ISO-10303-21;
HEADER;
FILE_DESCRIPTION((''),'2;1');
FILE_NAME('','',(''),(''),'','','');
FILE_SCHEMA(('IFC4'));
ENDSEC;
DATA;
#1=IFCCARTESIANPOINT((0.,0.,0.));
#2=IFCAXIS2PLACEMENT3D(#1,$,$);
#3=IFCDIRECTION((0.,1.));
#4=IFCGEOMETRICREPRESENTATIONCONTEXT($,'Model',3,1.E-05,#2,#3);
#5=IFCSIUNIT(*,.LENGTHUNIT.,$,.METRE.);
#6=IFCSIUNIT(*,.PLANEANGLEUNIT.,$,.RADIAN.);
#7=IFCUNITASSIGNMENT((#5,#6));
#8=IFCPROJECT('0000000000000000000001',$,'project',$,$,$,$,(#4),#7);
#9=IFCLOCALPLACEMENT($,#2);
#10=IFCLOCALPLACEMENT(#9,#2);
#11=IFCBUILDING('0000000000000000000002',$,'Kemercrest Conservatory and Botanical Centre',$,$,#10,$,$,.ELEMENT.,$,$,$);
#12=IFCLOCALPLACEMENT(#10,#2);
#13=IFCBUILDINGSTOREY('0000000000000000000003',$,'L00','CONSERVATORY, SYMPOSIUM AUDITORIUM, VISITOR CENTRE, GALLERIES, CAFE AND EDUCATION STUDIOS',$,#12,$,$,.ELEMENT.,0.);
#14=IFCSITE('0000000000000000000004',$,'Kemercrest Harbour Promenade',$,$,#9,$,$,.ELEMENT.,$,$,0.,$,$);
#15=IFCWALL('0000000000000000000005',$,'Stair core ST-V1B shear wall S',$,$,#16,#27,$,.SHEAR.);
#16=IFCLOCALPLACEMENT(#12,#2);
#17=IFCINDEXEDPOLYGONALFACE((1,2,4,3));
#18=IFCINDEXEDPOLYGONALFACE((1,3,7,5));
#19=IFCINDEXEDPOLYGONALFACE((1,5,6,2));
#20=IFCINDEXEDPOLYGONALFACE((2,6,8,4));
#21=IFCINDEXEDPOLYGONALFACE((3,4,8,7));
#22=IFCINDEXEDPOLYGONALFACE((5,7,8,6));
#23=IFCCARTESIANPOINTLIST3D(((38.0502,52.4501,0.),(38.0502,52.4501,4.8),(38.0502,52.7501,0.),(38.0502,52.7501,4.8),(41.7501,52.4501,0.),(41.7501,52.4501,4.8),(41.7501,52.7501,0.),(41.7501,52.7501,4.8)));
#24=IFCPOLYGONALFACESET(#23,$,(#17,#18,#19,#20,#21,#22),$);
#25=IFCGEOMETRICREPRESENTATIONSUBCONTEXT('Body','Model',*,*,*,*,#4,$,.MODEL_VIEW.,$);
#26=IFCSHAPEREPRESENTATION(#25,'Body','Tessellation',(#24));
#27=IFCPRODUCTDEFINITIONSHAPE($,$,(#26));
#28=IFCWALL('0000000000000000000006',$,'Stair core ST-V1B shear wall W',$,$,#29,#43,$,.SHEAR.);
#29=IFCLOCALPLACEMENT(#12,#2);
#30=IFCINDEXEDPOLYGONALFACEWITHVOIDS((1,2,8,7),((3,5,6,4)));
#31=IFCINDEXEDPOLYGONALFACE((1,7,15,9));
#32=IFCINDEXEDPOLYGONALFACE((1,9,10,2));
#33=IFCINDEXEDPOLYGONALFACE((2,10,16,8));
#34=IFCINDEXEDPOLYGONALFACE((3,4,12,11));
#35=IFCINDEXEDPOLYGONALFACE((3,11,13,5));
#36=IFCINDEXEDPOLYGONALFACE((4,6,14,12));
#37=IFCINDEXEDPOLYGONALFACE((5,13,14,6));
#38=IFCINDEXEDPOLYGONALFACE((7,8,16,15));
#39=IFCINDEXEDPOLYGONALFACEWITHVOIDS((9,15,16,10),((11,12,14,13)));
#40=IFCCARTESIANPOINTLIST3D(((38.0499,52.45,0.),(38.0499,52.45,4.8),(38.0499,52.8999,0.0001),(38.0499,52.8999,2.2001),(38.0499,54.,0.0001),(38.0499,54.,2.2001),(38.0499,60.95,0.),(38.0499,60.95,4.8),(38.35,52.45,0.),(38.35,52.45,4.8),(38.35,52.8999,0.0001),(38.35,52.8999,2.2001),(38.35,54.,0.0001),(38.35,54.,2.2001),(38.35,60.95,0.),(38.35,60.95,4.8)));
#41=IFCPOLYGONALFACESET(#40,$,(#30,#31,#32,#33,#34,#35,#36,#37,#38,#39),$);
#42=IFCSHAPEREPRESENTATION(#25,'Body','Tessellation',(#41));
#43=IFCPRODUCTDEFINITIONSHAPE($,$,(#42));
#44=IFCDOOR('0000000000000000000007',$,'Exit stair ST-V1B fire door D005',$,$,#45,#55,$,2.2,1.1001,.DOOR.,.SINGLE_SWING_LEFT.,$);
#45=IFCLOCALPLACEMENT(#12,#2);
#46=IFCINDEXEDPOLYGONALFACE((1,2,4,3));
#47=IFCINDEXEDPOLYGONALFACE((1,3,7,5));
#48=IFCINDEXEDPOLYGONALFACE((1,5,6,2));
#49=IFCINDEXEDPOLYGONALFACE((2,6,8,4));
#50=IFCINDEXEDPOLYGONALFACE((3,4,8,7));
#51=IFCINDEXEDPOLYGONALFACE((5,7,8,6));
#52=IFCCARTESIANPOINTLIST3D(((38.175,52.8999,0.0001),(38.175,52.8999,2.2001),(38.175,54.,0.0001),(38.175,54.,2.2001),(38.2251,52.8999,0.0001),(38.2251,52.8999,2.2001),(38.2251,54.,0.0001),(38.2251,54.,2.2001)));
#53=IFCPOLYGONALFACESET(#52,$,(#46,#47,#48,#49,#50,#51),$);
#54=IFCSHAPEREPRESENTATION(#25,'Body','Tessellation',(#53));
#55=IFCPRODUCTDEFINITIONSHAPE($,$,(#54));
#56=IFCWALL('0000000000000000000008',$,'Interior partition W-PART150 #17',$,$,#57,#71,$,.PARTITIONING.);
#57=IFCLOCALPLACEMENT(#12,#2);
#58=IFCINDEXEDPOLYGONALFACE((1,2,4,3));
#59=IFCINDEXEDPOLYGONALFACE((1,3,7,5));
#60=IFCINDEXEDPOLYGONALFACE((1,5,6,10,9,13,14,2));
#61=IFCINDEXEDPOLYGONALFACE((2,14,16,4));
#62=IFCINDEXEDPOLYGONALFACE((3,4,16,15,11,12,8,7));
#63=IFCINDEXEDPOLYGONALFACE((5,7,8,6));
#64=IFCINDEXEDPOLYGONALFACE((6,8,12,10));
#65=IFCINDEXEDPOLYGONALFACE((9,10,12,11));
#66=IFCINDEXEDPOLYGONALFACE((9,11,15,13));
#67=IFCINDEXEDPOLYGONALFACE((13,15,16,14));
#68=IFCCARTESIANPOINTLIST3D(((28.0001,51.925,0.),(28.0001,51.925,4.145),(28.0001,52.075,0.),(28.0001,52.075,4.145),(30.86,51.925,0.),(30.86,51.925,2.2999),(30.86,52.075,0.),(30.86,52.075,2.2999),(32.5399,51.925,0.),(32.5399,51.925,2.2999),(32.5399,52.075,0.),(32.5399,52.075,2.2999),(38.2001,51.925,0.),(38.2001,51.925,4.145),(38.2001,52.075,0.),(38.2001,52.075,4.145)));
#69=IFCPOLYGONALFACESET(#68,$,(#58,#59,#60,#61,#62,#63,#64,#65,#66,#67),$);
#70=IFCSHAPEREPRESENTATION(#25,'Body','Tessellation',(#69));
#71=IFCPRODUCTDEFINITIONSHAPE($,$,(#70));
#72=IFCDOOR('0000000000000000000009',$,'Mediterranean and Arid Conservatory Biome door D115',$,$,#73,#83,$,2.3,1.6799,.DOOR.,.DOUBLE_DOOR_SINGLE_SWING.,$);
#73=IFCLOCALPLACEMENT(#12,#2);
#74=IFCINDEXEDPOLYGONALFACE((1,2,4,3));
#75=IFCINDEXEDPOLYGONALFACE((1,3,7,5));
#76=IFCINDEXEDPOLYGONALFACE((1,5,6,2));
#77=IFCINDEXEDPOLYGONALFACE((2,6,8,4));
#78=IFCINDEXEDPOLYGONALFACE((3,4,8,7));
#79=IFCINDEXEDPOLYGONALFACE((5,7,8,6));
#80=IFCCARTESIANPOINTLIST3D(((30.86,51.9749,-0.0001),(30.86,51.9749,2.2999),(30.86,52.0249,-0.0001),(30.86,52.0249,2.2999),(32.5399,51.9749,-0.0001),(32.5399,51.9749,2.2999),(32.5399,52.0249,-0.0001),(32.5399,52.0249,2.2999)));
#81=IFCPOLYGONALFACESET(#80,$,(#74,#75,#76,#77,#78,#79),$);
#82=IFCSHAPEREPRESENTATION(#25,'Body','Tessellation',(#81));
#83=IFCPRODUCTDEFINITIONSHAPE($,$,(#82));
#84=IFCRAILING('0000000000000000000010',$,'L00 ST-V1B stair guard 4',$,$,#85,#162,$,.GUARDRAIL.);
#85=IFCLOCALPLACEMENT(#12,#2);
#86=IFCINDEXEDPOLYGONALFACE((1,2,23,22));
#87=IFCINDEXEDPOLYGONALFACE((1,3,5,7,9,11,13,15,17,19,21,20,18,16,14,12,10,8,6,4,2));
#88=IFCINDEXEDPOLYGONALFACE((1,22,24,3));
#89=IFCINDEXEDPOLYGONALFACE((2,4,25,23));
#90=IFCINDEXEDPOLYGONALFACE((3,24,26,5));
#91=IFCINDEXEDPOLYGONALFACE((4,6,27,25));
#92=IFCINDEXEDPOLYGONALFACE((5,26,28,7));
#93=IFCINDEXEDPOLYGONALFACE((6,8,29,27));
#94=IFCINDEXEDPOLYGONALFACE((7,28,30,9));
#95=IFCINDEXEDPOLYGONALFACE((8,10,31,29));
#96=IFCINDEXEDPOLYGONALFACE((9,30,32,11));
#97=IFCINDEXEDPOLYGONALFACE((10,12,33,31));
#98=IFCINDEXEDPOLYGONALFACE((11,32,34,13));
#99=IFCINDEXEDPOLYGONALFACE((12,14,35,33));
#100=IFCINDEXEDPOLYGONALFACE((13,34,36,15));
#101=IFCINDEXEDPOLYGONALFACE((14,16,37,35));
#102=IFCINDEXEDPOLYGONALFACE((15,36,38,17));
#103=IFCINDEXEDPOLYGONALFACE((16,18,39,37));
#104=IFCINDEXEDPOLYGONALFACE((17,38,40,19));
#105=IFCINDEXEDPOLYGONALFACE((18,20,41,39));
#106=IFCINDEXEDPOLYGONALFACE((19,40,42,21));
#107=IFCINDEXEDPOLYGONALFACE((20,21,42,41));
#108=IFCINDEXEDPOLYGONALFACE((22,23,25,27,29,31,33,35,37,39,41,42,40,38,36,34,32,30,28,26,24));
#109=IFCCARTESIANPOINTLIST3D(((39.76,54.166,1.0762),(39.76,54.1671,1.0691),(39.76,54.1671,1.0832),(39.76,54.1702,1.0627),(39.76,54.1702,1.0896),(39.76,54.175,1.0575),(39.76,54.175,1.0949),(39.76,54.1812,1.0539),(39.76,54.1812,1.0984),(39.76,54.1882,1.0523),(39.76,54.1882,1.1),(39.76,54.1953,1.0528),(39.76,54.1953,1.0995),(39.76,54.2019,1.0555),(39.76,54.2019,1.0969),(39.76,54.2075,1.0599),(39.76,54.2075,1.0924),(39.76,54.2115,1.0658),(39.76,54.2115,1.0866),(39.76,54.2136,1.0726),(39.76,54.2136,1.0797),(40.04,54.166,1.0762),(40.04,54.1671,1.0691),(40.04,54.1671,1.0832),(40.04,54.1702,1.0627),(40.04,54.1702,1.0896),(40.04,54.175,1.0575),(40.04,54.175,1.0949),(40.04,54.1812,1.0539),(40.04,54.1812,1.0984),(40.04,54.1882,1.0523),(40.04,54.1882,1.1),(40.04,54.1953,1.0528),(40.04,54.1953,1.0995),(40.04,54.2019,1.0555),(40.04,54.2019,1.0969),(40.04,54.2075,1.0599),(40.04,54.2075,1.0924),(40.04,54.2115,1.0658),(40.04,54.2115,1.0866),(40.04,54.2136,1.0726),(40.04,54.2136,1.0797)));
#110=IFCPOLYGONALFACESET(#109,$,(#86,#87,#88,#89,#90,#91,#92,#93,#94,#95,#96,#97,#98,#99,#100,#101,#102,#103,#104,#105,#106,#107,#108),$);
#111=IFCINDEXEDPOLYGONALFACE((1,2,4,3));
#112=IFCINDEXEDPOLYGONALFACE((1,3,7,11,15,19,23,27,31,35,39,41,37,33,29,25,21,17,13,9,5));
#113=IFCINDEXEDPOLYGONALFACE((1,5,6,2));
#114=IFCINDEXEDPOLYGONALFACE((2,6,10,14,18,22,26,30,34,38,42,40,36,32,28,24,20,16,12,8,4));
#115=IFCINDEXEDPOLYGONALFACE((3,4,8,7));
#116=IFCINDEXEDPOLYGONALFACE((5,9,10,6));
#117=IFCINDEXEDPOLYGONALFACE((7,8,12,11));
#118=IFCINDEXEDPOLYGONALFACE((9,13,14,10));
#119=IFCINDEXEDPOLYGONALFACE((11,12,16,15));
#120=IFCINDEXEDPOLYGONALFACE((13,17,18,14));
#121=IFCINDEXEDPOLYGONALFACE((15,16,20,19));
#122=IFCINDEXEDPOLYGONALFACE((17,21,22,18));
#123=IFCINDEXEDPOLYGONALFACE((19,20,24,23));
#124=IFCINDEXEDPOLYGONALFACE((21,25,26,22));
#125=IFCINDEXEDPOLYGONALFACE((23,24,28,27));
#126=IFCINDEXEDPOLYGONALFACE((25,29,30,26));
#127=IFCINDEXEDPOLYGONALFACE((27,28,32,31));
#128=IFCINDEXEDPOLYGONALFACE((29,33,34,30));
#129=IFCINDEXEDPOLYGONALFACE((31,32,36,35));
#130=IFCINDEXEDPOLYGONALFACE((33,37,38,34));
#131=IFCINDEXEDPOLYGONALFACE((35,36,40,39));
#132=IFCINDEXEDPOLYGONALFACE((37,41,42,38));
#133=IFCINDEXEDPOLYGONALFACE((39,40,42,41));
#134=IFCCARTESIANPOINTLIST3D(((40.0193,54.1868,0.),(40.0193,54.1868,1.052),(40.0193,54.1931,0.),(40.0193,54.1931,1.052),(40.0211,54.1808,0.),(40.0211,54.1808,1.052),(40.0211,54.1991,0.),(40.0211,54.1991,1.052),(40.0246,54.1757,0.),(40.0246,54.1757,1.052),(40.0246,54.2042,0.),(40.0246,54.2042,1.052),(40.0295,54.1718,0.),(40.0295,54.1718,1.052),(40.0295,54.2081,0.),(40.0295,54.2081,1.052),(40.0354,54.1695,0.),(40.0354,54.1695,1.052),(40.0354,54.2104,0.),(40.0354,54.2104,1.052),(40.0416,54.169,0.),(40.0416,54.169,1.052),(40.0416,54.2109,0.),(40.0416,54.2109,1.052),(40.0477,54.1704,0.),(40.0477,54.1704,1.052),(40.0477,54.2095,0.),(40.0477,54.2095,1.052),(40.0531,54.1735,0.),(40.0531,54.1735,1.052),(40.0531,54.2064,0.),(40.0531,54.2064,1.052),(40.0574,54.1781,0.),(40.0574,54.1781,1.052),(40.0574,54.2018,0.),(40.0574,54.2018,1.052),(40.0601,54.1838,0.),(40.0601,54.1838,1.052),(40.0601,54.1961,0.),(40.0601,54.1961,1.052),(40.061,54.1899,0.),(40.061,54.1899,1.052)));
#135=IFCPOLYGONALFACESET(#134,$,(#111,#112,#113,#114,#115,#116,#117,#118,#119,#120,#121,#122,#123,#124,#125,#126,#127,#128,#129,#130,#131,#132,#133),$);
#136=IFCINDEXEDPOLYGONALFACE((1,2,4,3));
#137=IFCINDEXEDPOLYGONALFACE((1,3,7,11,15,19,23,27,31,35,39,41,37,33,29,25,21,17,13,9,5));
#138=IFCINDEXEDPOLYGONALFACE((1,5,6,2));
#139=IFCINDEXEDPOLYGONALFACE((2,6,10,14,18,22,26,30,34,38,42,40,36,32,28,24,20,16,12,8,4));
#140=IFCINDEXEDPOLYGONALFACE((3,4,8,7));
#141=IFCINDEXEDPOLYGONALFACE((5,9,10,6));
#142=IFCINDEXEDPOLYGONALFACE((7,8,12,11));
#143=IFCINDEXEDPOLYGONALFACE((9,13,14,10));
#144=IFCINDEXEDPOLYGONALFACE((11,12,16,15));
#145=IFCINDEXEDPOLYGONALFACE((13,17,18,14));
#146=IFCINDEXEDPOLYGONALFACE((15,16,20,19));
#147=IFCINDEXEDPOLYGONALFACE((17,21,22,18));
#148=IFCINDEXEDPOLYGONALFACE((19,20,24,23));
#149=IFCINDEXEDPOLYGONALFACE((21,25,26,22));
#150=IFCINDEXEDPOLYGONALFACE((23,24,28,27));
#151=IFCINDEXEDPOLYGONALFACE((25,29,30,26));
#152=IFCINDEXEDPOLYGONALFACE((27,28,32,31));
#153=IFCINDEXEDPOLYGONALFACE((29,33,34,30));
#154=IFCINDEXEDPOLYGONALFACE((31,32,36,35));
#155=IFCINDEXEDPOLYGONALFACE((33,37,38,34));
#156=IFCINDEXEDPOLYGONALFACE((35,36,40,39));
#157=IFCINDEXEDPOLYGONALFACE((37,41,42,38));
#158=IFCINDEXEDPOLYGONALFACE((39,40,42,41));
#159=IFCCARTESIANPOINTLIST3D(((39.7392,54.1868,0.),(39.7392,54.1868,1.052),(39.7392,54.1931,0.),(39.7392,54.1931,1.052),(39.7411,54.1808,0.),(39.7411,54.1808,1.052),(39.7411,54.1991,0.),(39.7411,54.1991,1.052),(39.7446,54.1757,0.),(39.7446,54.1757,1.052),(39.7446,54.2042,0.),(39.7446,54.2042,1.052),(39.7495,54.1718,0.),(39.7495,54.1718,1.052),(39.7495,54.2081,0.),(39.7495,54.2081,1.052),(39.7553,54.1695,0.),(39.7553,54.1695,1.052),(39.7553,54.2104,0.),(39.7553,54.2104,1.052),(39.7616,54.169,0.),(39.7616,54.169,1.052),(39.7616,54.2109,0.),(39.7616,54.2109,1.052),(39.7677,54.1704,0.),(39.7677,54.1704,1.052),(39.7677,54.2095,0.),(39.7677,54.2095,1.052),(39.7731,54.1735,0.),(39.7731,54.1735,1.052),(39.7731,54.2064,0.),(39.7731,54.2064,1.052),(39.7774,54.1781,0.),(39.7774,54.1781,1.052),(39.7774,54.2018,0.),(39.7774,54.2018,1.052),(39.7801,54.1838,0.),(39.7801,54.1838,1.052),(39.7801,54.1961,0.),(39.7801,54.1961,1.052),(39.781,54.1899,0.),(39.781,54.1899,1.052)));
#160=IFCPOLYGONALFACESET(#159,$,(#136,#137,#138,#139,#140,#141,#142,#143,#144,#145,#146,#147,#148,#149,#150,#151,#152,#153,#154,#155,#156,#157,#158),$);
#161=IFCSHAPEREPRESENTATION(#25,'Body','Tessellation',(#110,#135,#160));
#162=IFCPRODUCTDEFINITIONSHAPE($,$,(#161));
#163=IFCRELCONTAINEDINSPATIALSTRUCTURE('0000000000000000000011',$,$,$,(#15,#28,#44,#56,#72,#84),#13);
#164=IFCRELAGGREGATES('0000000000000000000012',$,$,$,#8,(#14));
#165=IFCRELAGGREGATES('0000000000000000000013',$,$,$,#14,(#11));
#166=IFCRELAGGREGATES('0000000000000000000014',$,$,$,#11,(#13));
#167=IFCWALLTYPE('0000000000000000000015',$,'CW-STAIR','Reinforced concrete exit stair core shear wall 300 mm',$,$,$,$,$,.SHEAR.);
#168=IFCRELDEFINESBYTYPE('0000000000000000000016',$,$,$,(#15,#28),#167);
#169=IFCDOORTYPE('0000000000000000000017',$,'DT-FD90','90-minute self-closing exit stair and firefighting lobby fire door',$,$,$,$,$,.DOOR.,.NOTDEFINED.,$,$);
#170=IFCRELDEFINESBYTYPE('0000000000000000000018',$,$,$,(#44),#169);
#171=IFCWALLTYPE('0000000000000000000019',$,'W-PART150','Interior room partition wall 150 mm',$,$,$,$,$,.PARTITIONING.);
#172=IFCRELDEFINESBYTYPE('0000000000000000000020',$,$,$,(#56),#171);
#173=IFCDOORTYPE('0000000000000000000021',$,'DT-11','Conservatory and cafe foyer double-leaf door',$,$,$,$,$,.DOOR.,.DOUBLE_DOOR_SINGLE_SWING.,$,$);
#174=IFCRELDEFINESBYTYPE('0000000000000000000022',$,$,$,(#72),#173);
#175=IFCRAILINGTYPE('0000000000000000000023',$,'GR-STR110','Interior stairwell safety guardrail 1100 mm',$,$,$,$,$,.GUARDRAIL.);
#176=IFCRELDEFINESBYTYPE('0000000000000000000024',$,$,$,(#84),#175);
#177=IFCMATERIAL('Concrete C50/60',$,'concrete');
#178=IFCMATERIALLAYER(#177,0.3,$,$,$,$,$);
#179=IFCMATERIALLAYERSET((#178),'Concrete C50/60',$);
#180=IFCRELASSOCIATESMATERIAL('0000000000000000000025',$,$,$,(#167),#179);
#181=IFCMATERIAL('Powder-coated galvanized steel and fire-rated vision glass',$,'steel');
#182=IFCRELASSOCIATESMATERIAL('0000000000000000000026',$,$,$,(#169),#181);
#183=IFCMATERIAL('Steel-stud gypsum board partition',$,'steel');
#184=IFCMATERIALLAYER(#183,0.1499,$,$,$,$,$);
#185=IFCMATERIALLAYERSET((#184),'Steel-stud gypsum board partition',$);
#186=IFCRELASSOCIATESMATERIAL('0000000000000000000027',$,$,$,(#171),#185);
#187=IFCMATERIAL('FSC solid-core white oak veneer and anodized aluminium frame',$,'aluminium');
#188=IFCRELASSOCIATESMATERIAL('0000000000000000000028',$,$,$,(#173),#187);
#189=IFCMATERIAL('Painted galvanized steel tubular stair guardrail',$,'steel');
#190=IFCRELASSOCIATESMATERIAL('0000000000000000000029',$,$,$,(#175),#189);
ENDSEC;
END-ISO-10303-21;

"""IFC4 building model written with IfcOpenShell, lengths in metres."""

from ifc_helpers import new_model, si_unit, direction, frame, frame_2d, origin, origin_2d, place, context, subcontext, project, spatial, rectangle, circle, extrude, material, layer, layer_set, type_object, element, fill, save


model = new_model("IFC4")

# Units and contexts
model_context = context("Model", 3, precision=1e-05, world=origin(), true_north=direction((0.0, 1.0)))
body_context = subcontext(model_context, "Body", "Model", "MODEL_VIEW")
ifc_project = project(units=[si_unit("LENGTHUNIT", "METRE"), si_unit("PLANEANGLEUNIT", "RADIAN")], contexts=[model_context])

# Site, building, storey
site_placement = place(None, origin())
site = spatial("IfcSite", under=ifc_project, at=site_placement, Name="Kemercrest Harbour Promenade", CompositionType="ELEMENT", RefElevation=0.0)
building_placement = place(site_placement, origin())
building = spatial("IfcBuilding", under=site, at=building_placement, Name="Kemercrest Conservatory and Botanical Centre", CompositionType="ELEMENT")
storey_placement = place(building_placement, origin())
storey = spatial("IfcBuildingStorey", under=building, at=storey_placement, Name="L00", Description="CONSERVATORY, SYMPOSIUM AUDITORIUM, VISITOR CENTRE, GALLERIES, CAFE AND EDUCATION STUDIOS", CompositionType="ELEMENT", Elevation=0.0)

# Wall
ifc_material_1 = material(Name="Concrete C50/60", Category="concrete")
ifc_layer_1 = layer(ifc_material_1, 0.3)
ifc_layer_set_1 = layer_set([ifc_layer_1], Name="Concrete C50/60")
wall_type_1 = type_object("IfcWallType", Name="CW-STAIR", Description="Reinforced concrete exit stair core shear wall 300 mm", PredefinedType="SHEAR", material=ifc_layer_set_1)
wall_1_placement = place(storey_placement, frame((38.05, 52.6001, 0.0), z_axis=(0.0, 0.0, 1.0), x_axis=(1.0, 0.0, 0.0)))
element("IfcWall", 1, at=wall_1_placement, inside=storey, type_object=wall_type_1, Name="Stair core ST-V1B shear wall S", PredefinedType="SHEAR", context=body_context, shape_type="SweptSolid", body=[
    extrude(rectangle(XDim=3.7, YDim=0.3, at=frame_2d((1.8501, 0.0))), origin(), (0.0, 0.0, 1.0), 4.8),
])

# Walls, openings, doors
wall_2_placement = place(storey_placement, frame((38.2, 52.45, 0.0), z_axis=(0.0, 0.0, 1.0), x_axis=(0.0, 1.0, 0.0)))
wall_2 = element("IfcWall", 2, at=wall_2_placement, inside=storey, type_object=wall_type_1, Name="Stair core ST-V1B shear wall W", PredefinedType="SHEAR", context=body_context, shape_type="SweptSolid", body=[
    extrude(rectangle(XDim=8.5, YDim=0.3, at=frame_2d((4.25, 0.0))), origin(), (0.0, 0.0, 1.0), 4.8),
])
opening_1_placement = place(wall_2_placement, frame((0.45, 0.0, 0.0)))
opening_1 = element("IfcOpeningElement", 3, at=opening_1_placement, cuts=wall_2, PredefinedType="OPENING", context=body_context, shape_type="SweptSolid", body=[
    extrude(rectangle(XDim=1.1001, YDim=2.2, at=frame_2d((0.55, 1.1001))), frame((0.0, 0.1602, 0.0), z_axis=(0.0, -1.0, 0.0), x_axis=(1.0, 0.0, 0.0)), (0.0, 0.0, 1.0), 0.3201),
])
ifc_material_2 = material(Name="Powder-coated galvanized steel and fire-rated vision glass", Category="steel")
door_type_1 = type_object("IfcDoorType", Name="DT-FD90", Description="90-minute self-closing exit stair and firefighting lobby fire door", OperationType="NOTDEFINED", PredefinedType="DOOR", material=ifc_material_2)
door_1_placement = place(opening_1_placement, origin())
door_1 = element("IfcDoor", 4, at=door_1_placement, inside=storey, type_object=door_type_1, Name="Exit stair ST-V1B fire door D005", OperationType="SINGLE_SWING_LEFT", OverallHeight=2.2, OverallWidth=1.1001, PredefinedType="DOOR", context=body_context, shape_type="SweptSolid", body=[
    extrude(rectangle(XDim=1.1001, YDim=2.2, at=frame_2d((0.55, 1.1001))), frame((0.0, 0.0249, 0.0), z_axis=(0.0, -1.0, 0.0), x_axis=(1.0, 0.0, 0.0)), (0.0, 0.0, 1.0), 0.05),
])
fill(opening_1, door_1)
ifc_material_3 = material(Name="Steel-stud gypsum board partition", Category="steel")
ifc_layer_2 = layer(ifc_material_3, 0.1499)
ifc_layer_set_2 = layer_set([ifc_layer_2], Name="Steel-stud gypsum board partition")
wall_type_2 = type_object("IfcWallType", Name="W-PART150", Description="Interior room partition wall 150 mm", PredefinedType="PARTITIONING", material=ifc_layer_set_2)
wall_3_placement = place(storey_placement, frame((28.0, 52.0, 0.0), z_axis=(0.0, 0.0, 1.0), x_axis=(1.0, 0.0, 0.0)))
wall_3 = element("IfcWall", 5, at=wall_3_placement, inside=storey, type_object=wall_type_2, Name="Interior partition W-PART150 #17", PredefinedType="PARTITIONING", context=body_context, shape_type="SweptSolid", body=[
    extrude(rectangle(XDim=10.2, YDim=0.1499, at=frame_2d((5.1001, 0.0))), origin(), (0.0, 0.0, 1.0), 4.145),
])
opening_2_placement = place(wall_3_placement, frame((2.8601, 0.0, 0.0)))
opening_2 = element("IfcOpeningElement", 6, at=opening_2_placement, cuts=wall_3, PredefinedType="OPENING", context=body_context, shape_type="SweptSolid", body=[
    extrude(rectangle(XDim=1.6799, YDim=2.3, at=frame_2d((0.8398, 1.1499))), frame((0.0, 0.085, 0.0), z_axis=(0.0, -1.0, 0.0), x_axis=(1.0, 0.0, 0.0)), (0.0, 0.0, 1.0), 0.1699),
])
ifc_material_4 = material(Name="FSC solid-core white oak veneer and anodized aluminium frame", Category="aluminium")
door_type_2 = type_object("IfcDoorType", Name="DT-11", Description="Conservatory and cafe foyer double-leaf door", OperationType="DOUBLE_DOOR_SINGLE_SWING", PredefinedType="DOOR", material=ifc_material_4)
door_2_placement = place(opening_2_placement, origin())
door_2 = element("IfcDoor", 7, at=door_2_placement, inside=storey, type_object=door_type_2, Name="Mediterranean and Arid Conservatory Biome door D115", OperationType="DOUBLE_DOOR_SINGLE_SWING", OverallHeight=2.3, OverallWidth=1.6799, PredefinedType="DOOR", context=body_context, shape_type="SweptSolid", body=[
    extrude(rectangle(XDim=1.6799, YDim=2.3, at=frame_2d((0.8398, 1.1499))), frame((0.0, 0.0249, 0.0), z_axis=(0.0, -1.0, 0.0), x_axis=(1.0, 0.0, 0.0)), (0.0, 0.0, 1.0), 0.05),
])
fill(opening_2, door_2)

# Railing
ifc_material_5 = material(Name="Painted galvanized steel tubular stair guardrail", Category="steel")
railing_type = type_object("IfcRailingType", Name="GR-STR110", Description="Interior stairwell safety guardrail 1100 mm", PredefinedType="GUARDRAIL", material=ifc_material_5)
railing_placement = place(storey_placement, frame((40.04, 54.1899, 0.0)))
element("IfcRailing", 8, at=railing_placement, inside=storey, type_object=railing_type, Name="L00 ST-V1B stair guard 4", PredefinedType="GUARDRAIL", context=body_context, shape_type="SweptSolid", body=[
    extrude(circle(Radius=0.0239, at=origin_2d()), frame((0.0, 0.0, 1.0762), z_axis=(-1.0, 0.0, 0.0), x_axis=(0.0, -1.0, 0.0)), (0.0, 0.0, 1.0), 0.28),
    extrude(circle(Radius=0.021, at=origin_2d()), origin(), (0.0, 0.0, 1.0), 1.052),
    extrude(circle(Radius=0.021, at=origin_2d()), frame((-0.28, 0.0, 0.0)), (0.0, 0.0, 1.0), 1.052),
])

save(model, "model.ifc")
